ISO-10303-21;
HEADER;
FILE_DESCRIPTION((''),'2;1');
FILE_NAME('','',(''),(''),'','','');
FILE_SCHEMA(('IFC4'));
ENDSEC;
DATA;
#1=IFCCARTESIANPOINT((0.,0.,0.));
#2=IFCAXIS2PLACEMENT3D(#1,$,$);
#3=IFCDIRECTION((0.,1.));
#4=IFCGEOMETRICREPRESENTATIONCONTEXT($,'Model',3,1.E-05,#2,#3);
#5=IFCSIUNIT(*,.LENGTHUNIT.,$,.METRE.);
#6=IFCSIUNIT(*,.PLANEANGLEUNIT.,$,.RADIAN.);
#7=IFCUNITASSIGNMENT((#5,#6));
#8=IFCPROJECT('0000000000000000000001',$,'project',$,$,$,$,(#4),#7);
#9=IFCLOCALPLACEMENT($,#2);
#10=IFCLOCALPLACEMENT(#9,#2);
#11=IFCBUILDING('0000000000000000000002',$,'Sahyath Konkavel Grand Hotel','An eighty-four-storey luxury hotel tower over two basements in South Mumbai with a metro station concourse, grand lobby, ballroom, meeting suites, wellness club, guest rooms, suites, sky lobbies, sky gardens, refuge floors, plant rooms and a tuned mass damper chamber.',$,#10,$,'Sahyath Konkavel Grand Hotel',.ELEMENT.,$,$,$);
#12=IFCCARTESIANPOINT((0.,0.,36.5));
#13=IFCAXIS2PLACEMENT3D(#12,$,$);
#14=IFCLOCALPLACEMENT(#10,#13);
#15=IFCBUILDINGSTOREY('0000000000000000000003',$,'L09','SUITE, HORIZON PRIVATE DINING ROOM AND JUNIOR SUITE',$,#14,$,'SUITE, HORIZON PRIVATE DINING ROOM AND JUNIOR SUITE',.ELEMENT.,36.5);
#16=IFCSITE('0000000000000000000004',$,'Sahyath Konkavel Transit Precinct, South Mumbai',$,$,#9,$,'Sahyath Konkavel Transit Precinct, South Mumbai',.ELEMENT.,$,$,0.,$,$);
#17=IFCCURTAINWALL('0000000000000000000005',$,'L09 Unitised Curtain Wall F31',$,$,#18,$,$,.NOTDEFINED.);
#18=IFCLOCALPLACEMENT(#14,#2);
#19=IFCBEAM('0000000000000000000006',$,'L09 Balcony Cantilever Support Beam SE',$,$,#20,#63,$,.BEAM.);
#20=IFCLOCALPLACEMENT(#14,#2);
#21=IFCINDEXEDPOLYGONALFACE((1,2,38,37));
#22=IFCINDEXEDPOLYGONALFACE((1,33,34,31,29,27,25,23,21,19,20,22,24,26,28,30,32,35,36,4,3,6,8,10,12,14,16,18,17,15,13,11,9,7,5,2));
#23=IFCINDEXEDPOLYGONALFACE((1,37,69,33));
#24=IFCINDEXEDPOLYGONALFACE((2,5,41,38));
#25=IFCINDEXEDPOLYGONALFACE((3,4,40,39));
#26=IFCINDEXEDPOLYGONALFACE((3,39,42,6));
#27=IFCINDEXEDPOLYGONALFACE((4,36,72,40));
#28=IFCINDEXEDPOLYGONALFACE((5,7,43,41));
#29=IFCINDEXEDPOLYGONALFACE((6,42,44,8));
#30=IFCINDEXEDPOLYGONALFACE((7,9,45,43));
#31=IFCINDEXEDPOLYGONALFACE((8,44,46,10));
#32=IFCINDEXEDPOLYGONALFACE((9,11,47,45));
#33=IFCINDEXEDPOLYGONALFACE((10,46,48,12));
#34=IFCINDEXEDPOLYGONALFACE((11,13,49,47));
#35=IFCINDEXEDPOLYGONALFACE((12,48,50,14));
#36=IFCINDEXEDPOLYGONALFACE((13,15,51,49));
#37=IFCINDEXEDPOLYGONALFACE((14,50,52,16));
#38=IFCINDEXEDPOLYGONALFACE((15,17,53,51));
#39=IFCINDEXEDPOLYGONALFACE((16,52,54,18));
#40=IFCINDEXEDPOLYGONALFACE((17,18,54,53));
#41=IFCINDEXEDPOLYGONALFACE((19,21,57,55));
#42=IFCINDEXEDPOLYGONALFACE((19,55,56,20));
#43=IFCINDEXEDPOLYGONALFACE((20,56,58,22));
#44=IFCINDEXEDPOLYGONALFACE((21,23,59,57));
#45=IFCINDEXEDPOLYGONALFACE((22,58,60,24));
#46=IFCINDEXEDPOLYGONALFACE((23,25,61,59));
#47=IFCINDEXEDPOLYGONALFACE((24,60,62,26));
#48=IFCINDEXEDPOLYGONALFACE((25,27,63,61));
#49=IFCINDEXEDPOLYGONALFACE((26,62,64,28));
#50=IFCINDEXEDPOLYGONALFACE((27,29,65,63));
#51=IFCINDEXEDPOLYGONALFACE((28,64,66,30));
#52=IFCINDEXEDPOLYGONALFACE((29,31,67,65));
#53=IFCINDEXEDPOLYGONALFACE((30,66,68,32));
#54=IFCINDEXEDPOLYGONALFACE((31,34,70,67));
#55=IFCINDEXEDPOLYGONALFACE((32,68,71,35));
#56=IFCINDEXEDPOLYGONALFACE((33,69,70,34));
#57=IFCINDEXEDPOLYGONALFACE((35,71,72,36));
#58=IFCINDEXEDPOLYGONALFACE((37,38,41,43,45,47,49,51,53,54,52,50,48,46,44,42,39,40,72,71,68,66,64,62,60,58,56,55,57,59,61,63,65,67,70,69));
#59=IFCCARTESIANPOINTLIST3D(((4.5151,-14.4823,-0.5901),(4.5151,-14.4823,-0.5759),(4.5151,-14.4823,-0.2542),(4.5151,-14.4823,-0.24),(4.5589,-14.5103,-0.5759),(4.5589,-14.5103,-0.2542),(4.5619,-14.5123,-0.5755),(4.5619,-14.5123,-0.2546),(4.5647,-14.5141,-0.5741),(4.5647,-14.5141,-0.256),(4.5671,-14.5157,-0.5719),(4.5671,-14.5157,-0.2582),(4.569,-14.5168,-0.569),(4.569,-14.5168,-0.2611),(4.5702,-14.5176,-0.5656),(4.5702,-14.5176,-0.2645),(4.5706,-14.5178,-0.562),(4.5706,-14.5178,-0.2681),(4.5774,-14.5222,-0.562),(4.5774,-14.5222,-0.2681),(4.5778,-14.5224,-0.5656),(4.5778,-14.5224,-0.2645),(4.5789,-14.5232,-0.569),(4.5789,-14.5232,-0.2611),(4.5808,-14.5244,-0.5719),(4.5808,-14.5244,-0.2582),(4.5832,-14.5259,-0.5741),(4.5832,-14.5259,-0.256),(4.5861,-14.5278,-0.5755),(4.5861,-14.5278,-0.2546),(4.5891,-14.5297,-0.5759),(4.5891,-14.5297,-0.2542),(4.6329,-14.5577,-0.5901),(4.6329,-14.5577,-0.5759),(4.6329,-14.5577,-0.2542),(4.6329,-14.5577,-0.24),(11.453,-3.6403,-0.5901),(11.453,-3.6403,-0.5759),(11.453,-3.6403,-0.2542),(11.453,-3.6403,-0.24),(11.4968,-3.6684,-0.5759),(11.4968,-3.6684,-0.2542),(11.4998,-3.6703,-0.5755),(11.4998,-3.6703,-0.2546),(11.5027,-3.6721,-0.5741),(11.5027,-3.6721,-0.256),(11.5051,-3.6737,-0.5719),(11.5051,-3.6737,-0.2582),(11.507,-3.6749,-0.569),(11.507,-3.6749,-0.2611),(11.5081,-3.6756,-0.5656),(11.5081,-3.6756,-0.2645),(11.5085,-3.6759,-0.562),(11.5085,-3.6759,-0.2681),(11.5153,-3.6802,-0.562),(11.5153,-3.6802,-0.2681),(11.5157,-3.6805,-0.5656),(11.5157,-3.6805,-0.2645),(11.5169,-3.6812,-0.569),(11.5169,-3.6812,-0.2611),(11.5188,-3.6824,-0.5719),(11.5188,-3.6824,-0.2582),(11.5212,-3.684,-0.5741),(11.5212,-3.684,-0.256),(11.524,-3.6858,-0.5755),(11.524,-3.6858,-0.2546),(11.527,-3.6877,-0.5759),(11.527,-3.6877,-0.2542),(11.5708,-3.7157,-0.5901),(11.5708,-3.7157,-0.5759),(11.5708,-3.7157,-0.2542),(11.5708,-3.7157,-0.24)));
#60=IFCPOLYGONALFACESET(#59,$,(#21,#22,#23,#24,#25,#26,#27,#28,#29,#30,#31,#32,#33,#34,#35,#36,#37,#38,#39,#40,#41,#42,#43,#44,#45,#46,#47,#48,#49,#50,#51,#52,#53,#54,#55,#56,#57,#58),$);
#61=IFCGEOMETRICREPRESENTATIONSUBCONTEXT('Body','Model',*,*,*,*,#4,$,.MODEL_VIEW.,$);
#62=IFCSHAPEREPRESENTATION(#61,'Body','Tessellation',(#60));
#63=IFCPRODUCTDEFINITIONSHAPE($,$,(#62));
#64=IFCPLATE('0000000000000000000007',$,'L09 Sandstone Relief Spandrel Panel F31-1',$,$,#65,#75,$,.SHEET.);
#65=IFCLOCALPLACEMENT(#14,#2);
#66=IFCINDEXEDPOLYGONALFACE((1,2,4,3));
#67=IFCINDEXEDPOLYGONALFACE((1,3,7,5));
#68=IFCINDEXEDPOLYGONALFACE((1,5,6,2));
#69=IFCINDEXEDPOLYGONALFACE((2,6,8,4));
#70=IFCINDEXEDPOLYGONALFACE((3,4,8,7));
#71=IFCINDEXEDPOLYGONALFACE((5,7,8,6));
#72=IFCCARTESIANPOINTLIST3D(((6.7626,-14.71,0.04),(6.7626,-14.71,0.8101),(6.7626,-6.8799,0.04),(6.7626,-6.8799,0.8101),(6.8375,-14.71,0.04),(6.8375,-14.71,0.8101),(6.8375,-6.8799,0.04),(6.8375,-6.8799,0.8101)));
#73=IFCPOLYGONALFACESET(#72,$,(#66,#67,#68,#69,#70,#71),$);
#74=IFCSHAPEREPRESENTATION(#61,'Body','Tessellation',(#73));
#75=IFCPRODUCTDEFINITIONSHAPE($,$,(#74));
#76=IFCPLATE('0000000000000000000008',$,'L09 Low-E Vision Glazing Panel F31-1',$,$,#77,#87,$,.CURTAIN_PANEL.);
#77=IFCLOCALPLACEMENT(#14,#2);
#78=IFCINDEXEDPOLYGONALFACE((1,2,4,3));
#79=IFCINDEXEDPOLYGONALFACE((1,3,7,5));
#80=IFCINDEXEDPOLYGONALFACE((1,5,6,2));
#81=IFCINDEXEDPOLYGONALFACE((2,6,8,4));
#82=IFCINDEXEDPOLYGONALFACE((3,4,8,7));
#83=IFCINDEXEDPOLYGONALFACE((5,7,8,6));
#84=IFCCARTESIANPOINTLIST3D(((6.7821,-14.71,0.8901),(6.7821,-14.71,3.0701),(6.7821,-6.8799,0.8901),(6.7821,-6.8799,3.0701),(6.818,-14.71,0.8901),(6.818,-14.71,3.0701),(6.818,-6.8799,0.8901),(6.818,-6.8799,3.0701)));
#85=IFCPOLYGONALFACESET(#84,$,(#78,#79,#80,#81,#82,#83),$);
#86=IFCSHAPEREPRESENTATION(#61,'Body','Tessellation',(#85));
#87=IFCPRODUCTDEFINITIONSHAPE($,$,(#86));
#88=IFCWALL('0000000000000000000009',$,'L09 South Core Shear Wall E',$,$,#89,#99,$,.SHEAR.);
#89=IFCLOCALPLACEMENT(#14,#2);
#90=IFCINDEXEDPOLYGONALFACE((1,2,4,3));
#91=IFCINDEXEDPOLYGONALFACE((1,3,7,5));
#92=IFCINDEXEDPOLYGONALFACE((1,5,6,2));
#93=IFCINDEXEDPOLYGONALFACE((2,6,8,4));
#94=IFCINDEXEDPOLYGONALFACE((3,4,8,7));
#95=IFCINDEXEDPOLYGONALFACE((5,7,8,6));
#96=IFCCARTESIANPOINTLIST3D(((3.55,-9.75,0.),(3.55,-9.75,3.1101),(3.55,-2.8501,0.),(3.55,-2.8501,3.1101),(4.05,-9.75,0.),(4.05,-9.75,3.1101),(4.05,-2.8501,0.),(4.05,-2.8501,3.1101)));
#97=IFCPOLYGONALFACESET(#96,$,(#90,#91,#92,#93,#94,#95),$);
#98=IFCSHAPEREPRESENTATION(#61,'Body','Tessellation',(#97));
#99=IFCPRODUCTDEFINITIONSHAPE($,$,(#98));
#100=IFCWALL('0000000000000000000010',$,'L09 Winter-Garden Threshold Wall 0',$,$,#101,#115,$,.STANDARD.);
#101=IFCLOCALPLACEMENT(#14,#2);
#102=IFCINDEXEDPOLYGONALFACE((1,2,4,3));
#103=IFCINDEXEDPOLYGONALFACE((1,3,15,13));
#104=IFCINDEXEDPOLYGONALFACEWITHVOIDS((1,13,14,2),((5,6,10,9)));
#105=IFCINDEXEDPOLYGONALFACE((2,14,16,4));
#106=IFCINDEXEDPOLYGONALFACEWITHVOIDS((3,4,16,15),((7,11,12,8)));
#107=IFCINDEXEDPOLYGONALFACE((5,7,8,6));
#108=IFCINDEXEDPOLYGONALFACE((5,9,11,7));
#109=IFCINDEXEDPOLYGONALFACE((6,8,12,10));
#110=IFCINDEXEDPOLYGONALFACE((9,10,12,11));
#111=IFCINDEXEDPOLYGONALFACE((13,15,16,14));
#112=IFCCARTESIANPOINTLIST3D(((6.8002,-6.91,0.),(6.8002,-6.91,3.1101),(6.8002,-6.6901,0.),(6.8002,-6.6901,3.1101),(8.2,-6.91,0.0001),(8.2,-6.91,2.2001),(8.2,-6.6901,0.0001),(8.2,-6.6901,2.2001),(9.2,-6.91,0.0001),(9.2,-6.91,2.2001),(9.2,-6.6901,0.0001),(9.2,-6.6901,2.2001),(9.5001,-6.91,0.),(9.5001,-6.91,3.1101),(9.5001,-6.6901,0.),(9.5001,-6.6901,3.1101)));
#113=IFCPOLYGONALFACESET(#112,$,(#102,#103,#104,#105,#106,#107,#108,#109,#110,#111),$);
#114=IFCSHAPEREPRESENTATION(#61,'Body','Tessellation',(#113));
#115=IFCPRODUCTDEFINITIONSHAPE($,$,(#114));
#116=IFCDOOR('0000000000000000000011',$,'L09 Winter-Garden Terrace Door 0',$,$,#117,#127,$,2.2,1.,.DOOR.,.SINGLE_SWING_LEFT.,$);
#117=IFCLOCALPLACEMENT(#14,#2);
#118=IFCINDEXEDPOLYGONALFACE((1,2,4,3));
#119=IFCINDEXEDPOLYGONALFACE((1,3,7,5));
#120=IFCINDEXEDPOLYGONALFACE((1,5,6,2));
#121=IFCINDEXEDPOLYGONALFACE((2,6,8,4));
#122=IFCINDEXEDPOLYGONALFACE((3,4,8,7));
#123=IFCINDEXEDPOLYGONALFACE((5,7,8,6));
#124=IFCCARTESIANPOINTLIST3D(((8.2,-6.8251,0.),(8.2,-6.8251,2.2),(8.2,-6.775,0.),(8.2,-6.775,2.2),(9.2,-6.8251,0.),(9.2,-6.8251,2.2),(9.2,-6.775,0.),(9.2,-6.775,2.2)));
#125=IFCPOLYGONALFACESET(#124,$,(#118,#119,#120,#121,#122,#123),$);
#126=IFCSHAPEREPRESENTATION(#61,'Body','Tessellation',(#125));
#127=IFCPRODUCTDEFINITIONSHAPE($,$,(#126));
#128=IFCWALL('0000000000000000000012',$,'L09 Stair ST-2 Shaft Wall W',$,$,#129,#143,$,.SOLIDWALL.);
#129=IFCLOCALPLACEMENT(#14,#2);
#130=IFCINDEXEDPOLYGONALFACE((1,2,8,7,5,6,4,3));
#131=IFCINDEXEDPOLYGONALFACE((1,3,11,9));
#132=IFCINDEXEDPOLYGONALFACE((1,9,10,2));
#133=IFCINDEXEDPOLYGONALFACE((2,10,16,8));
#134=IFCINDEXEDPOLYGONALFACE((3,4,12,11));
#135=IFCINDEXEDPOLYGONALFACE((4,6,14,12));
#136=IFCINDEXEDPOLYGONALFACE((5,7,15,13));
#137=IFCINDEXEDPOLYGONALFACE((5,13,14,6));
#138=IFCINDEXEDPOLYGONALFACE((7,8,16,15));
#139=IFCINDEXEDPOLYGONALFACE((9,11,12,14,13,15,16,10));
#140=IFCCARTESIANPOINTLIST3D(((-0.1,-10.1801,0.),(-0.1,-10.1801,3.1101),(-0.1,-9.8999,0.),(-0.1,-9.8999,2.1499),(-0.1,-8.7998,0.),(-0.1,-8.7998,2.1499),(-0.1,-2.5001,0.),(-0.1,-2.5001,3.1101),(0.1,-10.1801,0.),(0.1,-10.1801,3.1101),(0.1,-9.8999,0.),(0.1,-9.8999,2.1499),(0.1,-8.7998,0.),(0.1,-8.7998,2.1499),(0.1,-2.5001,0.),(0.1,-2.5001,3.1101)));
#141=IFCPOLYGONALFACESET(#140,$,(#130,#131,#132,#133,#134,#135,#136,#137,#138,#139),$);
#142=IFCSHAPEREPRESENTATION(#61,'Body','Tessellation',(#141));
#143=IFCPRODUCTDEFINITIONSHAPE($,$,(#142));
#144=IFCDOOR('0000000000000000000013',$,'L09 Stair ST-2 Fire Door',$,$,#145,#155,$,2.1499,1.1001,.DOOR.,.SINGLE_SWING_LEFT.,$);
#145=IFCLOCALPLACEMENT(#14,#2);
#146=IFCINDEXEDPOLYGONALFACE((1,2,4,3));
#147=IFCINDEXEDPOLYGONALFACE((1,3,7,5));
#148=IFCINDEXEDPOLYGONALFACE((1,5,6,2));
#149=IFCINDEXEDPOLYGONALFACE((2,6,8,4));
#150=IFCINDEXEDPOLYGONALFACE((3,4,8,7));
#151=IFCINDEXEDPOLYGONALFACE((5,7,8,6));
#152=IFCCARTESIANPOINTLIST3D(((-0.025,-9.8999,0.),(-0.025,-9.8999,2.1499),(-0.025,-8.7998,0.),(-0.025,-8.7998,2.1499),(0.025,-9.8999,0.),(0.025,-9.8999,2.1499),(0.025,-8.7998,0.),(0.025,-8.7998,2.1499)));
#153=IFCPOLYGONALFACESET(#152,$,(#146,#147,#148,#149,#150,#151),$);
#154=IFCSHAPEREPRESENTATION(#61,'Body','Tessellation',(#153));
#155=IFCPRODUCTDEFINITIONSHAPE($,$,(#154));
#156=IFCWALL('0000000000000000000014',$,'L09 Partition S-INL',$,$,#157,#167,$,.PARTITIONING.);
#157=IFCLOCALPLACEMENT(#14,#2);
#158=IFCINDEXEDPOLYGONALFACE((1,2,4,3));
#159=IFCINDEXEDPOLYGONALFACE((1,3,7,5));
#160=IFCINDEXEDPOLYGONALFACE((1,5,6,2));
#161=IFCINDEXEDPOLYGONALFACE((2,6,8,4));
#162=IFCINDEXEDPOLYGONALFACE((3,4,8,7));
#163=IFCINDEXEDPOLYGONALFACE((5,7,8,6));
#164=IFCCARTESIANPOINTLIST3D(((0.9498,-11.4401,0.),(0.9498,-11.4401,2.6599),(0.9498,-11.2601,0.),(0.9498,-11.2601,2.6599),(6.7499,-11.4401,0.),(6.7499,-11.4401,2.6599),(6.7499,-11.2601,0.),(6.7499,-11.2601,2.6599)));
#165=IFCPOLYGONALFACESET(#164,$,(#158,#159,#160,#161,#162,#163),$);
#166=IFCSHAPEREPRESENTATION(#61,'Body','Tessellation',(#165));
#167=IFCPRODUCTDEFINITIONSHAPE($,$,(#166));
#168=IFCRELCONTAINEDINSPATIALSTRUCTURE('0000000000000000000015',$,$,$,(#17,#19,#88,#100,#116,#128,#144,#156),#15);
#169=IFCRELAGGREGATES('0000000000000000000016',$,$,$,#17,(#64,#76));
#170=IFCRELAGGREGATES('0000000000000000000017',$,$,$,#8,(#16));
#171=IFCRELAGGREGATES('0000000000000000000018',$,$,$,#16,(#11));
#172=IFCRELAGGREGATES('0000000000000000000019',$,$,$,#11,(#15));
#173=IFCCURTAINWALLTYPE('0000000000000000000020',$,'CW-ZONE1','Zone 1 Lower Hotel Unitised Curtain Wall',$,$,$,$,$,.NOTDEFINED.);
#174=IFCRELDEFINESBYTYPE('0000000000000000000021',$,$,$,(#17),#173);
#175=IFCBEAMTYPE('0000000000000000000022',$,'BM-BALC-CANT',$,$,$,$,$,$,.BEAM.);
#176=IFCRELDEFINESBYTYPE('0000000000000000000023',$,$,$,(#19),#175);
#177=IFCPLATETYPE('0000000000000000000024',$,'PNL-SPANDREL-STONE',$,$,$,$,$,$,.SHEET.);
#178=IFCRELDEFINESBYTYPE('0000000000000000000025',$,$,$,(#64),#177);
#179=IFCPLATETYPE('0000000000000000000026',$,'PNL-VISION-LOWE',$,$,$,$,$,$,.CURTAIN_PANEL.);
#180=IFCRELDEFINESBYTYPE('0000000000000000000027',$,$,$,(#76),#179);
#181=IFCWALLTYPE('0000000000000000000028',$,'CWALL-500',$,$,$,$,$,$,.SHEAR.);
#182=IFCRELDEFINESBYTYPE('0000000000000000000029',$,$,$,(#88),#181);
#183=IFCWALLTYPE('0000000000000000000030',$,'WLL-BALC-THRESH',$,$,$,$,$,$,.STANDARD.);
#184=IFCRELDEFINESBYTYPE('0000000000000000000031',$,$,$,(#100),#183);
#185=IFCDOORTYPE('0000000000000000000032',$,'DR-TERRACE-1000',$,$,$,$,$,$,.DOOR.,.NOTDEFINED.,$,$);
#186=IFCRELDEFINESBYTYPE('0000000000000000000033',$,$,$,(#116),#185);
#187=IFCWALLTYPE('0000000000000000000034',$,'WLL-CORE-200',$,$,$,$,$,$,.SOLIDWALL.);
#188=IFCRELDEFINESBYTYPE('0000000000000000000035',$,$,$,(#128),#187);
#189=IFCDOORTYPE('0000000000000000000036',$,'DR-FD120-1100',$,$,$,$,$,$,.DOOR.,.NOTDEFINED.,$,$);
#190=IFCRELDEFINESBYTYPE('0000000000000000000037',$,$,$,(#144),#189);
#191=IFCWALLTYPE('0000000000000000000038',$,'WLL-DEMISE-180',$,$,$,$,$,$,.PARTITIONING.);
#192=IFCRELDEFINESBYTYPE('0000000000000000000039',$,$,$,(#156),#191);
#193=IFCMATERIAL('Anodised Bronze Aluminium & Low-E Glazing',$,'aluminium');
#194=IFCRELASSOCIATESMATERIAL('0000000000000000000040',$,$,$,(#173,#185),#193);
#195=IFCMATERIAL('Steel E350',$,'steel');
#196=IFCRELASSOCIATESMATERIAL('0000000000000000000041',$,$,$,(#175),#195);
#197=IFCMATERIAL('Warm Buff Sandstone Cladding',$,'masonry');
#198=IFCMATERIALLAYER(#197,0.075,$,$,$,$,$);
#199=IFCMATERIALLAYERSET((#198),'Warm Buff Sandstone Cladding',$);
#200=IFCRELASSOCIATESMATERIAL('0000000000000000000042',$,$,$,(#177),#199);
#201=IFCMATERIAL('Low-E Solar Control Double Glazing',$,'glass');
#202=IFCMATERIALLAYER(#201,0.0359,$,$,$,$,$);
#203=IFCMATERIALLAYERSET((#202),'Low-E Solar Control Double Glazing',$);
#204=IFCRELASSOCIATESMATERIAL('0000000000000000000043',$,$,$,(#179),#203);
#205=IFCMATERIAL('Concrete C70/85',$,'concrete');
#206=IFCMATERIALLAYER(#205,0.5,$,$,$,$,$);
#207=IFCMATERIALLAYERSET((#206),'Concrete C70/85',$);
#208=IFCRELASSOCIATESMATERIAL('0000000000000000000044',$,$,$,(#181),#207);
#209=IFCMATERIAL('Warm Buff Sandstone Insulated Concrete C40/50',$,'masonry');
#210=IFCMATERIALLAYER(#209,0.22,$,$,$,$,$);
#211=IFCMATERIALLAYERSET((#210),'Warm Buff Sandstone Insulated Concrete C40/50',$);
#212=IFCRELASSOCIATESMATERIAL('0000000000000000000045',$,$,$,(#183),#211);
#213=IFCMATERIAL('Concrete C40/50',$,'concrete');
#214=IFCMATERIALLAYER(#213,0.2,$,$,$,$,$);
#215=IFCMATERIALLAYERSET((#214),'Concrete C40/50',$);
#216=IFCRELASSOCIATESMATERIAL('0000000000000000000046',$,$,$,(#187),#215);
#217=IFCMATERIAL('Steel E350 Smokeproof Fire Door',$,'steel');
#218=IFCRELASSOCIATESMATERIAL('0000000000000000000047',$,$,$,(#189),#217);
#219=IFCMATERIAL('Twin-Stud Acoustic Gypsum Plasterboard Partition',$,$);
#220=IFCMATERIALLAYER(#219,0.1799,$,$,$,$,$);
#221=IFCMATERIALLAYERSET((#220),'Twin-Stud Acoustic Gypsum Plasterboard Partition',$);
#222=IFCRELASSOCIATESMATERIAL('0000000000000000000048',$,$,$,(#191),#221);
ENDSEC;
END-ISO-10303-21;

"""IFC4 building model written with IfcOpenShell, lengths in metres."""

from ifc_helpers import new_model, si_unit, direction, frame, frame_2d, origin, origin_2d, place, context, subcontext, project, spatial, rectangle, i_section, extrude, source, transform, mapped, material, layer, layer_set, material_profile, profile_set, type_object, element, fill, aggregate, save


model = new_model("IFC4")

# Units and contexts
model_context = context("Model", 3, precision=1e-05, world=origin(), true_north=direction((0.0, 1.0)))
body_context = subcontext(model_context, "Body", "Model", "MODEL_VIEW")
ifc_project = project(units=[si_unit("LENGTHUNIT", "METRE"), si_unit("PLANEANGLEUNIT", "RADIAN")], contexts=[model_context])

# Site, building, storey
site_placement = place(None, origin())
site = spatial("IfcSite", under=ifc_project, at=site_placement, Name="Sahyath Konkavel Transit Precinct, South Mumbai", LongName="Sahyath Konkavel Transit Precinct, South Mumbai", CompositionType="ELEMENT", RefElevation=0.0)
building_placement = place(site_placement, origin())
building = spatial("IfcBuilding", under=site, at=building_placement, Name="Sahyath Konkavel Grand Hotel", Description="An eighty-four-storey luxury hotel tower over two basements in South Mumbai with a metro station concourse, grand lobby, ballroom, meeting suites, wellness club, guest rooms, suites, sky lobbies, sky gardens, refuge floors, plant rooms and a tuned mass damper chamber.", LongName="Sahyath Konkavel Grand Hotel", CompositionType="ELEMENT")
storey_placement = place(building_placement, frame((0.0, 0.0, 36.5)))
storey = spatial("IfcBuildingStorey", under=building, at=storey_placement, Name="L09", Description="SUITE, HORIZON PRIVATE DINING ROOM AND JUNIOR SUITE", LongName="SUITE, HORIZON PRIVATE DINING ROOM AND JUNIOR SUITE", CompositionType="ELEMENT", Elevation=36.5)

# Shared definitions
ifc_material_1 = material(Name="Concrete C70/85", Category="concrete")

# Shared definitions
ifc_material_2 = material(Name="Steel E350", Category="steel")

# Curtain wall
ifc_material_3 = material(Name="Anodised Bronze Aluminium & Low-E Glazing", Category="aluminium")
curtain_wall_type = type_object("IfcCurtainWallType", Name="CW-ZONE1", Description="Zone 1 Lower Hotel Unitised Curtain Wall", PredefinedType="NOTDEFINED", material=ifc_material_3)
curtain_wall_1_placement = place(storey_placement, origin())
curtain_wall_1 = element("IfcCurtainWall", 1, at=curtain_wall_1_placement, inside=storey, type_object=curtain_wall_type, Name="L09 Unitised Curtain Wall F31", PredefinedType="NOTDEFINED")

# Beam
ifc_material_profile_1 = material_profile(ifc_material_2, i_section(OverallWidth=0.1399, OverallDepth=0.3501, WebThickness=0.0081, FlangeThickness=0.0142, FilletRadius=0.0139, at=origin_2d()), Name="ISMB 350")
ifc_profile_set_1 = profile_set([ifc_material_profile_1], Name="Steel E350")
beam_type_1 = type_object("IfcBeamType", Name="BM-BALC-CANT", PredefinedType="BEAM", material=ifc_profile_set_1)
shared_shape_1 = source(origin(), body_context, "Body", "SweptSolid", [
    extrude(i_section(OverallWidth=0.1399, OverallDepth=0.3501, WebThickness=0.0081, FlangeThickness=0.0142, FilletRadius=0.0139, at=origin_2d()), origin(), (0.0, 0.0, 1.0), 12.8718),
])
beam_1_placement = place(storey_placement, frame((4.574, -14.52, -0.415), z_axis=(0.539003, 0.842304, 0.0), x_axis=(-0.842304, 0.539003, 0.0)))
element("IfcBeam", 2, at=beam_1_placement, inside=storey, type_object=beam_type_1, Name="L09 Balcony Cantilever Support Beam SE", PredefinedType="BEAM", context=body_context, shape_type="MappedRepresentation", body=[
    mapped(shared_shape_1, transform((0.0, 0.0, 0.0), scale=1.0)),
])

# Plates
ifc_material_4 = material(Name="Warm Buff Sandstone Cladding", Category="masonry")
ifc_layer_1 = layer(ifc_material_4, 0.075)
ifc_layer_set_1 = layer_set([ifc_layer_1], Name="Warm Buff Sandstone Cladding")
plate_type_1 = type_object("IfcPlateType", Name="PNL-SPANDREL-STONE", PredefinedType="SHEET", material=ifc_layer_set_1)
shared_shape_2 = source(origin(), body_context, "Body", "SweptSolid", [
    extrude(rectangle(XDim=7.8301, YDim=0.075, at=origin_2d()), origin(), (0.0, 0.0, 1.0), 0.77),
])
plate_1_placement = place(storey_placement, frame((6.8, -10.7949, 0.04), z_axis=(0.0, 0.0, 1.0), x_axis=(0.0, 1.0, 0.0)))
plate_1 = element("IfcPlate", 3, at=plate_1_placement, type_object=plate_type_1, Name="L09 Sandstone Relief Spandrel Panel F31-1", PredefinedType="SHEET", context=body_context, shape_type="MappedRepresentation", body=[
    mapped(shared_shape_2, transform((0.0, 0.0, 0.0), scale=1.0)),
])
ifc_material_5 = material(Name="Low-E Solar Control Double Glazing", Category="glass")
ifc_layer_2 = layer(ifc_material_5, 0.0359)
ifc_layer_set_2 = layer_set([ifc_layer_2], Name="Low-E Solar Control Double Glazing")
plate_type_2 = type_object("IfcPlateType", Name="PNL-VISION-LOWE", PredefinedType="CURTAIN_PANEL", material=ifc_layer_set_2)
shared_shape_3 = source(origin(), body_context, "Body", "SweptSolid", [
    extrude(rectangle(XDim=7.8301, YDim=0.0359, at=origin_2d()), origin(), (0.0, 0.0, 1.0), 2.1799),
])
plate_2_placement = place(storey_placement, frame((6.8, -10.7949, 0.8901), z_axis=(0.0, 0.0, 1.0), x_axis=(0.0, 1.0, 0.0)))
plate_2 = element("IfcPlate", 4, at=plate_2_placement, type_object=plate_type_2, Name="L09 Low-E Vision Glazing Panel F31-1", PredefinedType="CURTAIN_PANEL", context=body_context, shape_type="MappedRepresentation", body=[
    mapped(shared_shape_3, transform((0.0, 0.0, 0.0), scale=1.0)),
])
aggregate(curtain_wall_1, [plate_1, plate_2])

# Wall
ifc_layer_3 = layer(ifc_material_1, 0.5)
ifc_layer_set_3 = layer_set([ifc_layer_3], Name="Concrete C70/85")
wall_type_1 = type_object("IfcWallType", Name="CWALL-500", PredefinedType="SHEAR", material=ifc_layer_set_3)
wall_1_placement = place(storey_placement, frame((3.8, -9.75, 0.0), z_axis=(0.0, 0.0, 1.0), x_axis=(0.0, 1.0, 0.0)))
element("IfcWall", 5, at=wall_1_placement, inside=storey, type_object=wall_type_1, Name="L09 South Core Shear Wall E", PredefinedType="SHEAR", context=body_context, shape_type="SweptSolid", body=[
    extrude(rectangle(XDim=6.8999, YDim=0.5, at=frame_2d((3.45, 0.0))), origin(), (0.0, 0.0, 1.0), 3.1101),
])

# Walls, openings, doors
ifc_material_6 = material(Name="Warm Buff Sandstone Insulated Concrete C40/50", Category="masonry")
ifc_layer_4 = layer(ifc_material_6, 0.22)
ifc_layer_set_4 = layer_set([ifc_layer_4], Name="Warm Buff Sandstone Insulated Concrete C40/50")
wall_type_2 = type_object("IfcWallType", Name="WLL-BALC-THRESH", PredefinedType="STANDARD", material=ifc_layer_set_4)
wall_2_placement = place(storey_placement, frame((6.8, -6.8, 0.0), z_axis=(0.0, 0.0, 1.0), x_axis=(1.0, 0.0, 0.0)))
wall_2 = element("IfcWall", 6, at=wall_2_placement, inside=storey, type_object=wall_type_2, Name="L09 Winter-Garden Threshold Wall 0", PredefinedType="STANDARD", context=body_context, shape_type="SweptSolid", body=[
    extrude(rectangle(XDim=2.7, YDim=0.22, at=frame_2d((1.3501, 0.0))), origin(), (0.0, 0.0, 1.0), 3.1101),
])
opening_1_placement = place(wall_2_placement, frame((1.3999, 0.0, 0.0)))
opening_1 = element("IfcOpeningElement", 7, at=opening_1_placement, cuts=wall_2, PredefinedType="OPENING", context=body_context, shape_type="SweptSolid", body=[
    extrude(rectangle(XDim=1.0, YDim=2.2, at=frame_2d((0.5, 1.1001))), frame((0.0, 0.1201, 0.0), z_axis=(0.0, -1.0, 0.0), x_axis=(1.0, 0.0, 0.0)), (0.0, 0.0, 1.0), 0.24),
])
door_type_1 = type_object("IfcDoorType", Name="DR-TERRACE-1000", OperationType="NOTDEFINED", PredefinedType="DOOR", material=ifc_material_3)
shared_shape_4 = source(origin(), body_context, "Body", "SweptSolid", [
    extrude(rectangle(XDim=1.0, YDim=0.05, at=origin_2d()), origin(), (0.0, 0.0, 1.0), 2.2),
])
door_1_placement = place(opening_1_placement, frame((0.5, 0.0, 0.0)))
door_1 = element("IfcDoor", 8, at=door_1_placement, inside=storey, type_object=door_type_1, Name="L09 Winter-Garden Terrace Door 0", OperationType="SINGLE_SWING_LEFT", OverallHeight=2.2, OverallWidth=1.0, PredefinedType="DOOR", context=body_context, shape_type="MappedRepresentation", body=[
    mapped(shared_shape_4, transform((0.0, 0.0, 0.0), scale=1.0)),
])
fill(opening_1, door_1)
ifc_material_7 = material(Name="Concrete C40/50", Category="concrete")
ifc_layer_5 = layer(ifc_material_7, 0.2)
ifc_layer_set_5 = layer_set([ifc_layer_5], Name="Concrete C40/50")
wall_type_3 = type_object("IfcWallType", Name="WLL-CORE-200", PredefinedType="SOLIDWALL", material=ifc_layer_set_5)
wall_3_placement = place(storey_placement, frame((0.0, -10.1799, 0.0), z_axis=(0.0, 0.0, 1.0), x_axis=(0.0, 1.0, 0.0)))
wall_3 = element("IfcWall", 9, at=wall_3_placement, inside=storey, type_object=wall_type_3, Name="L09 Stair ST-2 Shaft Wall W", PredefinedType="SOLIDWALL", context=body_context, shape_type="SweptSolid", body=[
    extrude(rectangle(XDim=7.6799, YDim=0.2, at=frame_2d((3.8398, 0.0))), origin(), (0.0, 0.0, 1.0), 3.1101),
])
opening_2_placement = place(wall_3_placement, frame((0.28, 0.0, 0.0)))
opening_2 = element("IfcOpeningElement", 10, at=opening_2_placement, cuts=wall_3, PredefinedType="OPENING", context=body_context, shape_type="SweptSolid", body=[
    extrude(rectangle(XDim=1.1001, YDim=2.1499, at=frame_2d((0.55, 1.075))), frame((0.0, 0.1099, 0.0), z_axis=(0.0, -1.0, 0.0), x_axis=(1.0, 0.0, 0.0)), (0.0, 0.0, 1.0), 0.22),
])
ifc_material_8 = material(Name="Steel E350 Smokeproof Fire Door", Category="steel")
door_type_2 = type_object("IfcDoorType", Name="DR-FD120-1100", OperationType="NOTDEFINED", PredefinedType="DOOR", material=ifc_material_8)
shared_shape_5 = source(origin(), body_context, "Body", "SweptSolid", [
    extrude(rectangle(XDim=1.1001, YDim=0.05, at=origin_2d()), origin(), (0.0, 0.0, 1.0), 2.1499),
])
door_2_placement = place(opening_2_placement, frame((0.55, 0.0, 0.0)))
door_2 = element("IfcDoor", 11, at=door_2_placement, inside=storey, type_object=door_type_2, Name="L09 Stair ST-2 Fire Door", OperationType="SINGLE_SWING_LEFT", OverallHeight=2.1499, OverallWidth=1.1001, PredefinedType="DOOR", context=body_context, shape_type="MappedRepresentation", body=[
    mapped(shared_shape_5, transform((0.0, 0.0, 0.0), scale=1.0)),
])
fill(opening_2, door_2)

# Wall
ifc_material_9 = material(Name="Twin-Stud Acoustic Gypsum Plasterboard Partition")
ifc_layer_6 = layer(ifc_material_9, 0.1799)
ifc_layer_set_6 = layer_set([ifc_layer_6], Name="Twin-Stud Acoustic Gypsum Plasterboard Partition")
wall_type_4 = type_object("IfcWallType", Name="WLL-DEMISE-180", PredefinedType="PARTITIONING", material=ifc_layer_set_6)
wall_4_placement = place(storey_placement, frame((0.95, -11.3501, 0.0), z_axis=(0.0, 0.0, 1.0), x_axis=(1.0, 0.0, 0.0)))
element("IfcWall", 12, at=wall_4_placement, inside=storey, type_object=wall_type_4, Name="L09 Partition S-INL", PredefinedType="PARTITIONING", context=body_context, shape_type="SweptSolid", body=[
    extrude(rectangle(XDim=5.8, YDim=0.1799, at=frame_2d((2.8999, 0.0))), origin(), (0.0, 0.0, 1.0), 2.6599),
])

save(model, "model.ifc")
